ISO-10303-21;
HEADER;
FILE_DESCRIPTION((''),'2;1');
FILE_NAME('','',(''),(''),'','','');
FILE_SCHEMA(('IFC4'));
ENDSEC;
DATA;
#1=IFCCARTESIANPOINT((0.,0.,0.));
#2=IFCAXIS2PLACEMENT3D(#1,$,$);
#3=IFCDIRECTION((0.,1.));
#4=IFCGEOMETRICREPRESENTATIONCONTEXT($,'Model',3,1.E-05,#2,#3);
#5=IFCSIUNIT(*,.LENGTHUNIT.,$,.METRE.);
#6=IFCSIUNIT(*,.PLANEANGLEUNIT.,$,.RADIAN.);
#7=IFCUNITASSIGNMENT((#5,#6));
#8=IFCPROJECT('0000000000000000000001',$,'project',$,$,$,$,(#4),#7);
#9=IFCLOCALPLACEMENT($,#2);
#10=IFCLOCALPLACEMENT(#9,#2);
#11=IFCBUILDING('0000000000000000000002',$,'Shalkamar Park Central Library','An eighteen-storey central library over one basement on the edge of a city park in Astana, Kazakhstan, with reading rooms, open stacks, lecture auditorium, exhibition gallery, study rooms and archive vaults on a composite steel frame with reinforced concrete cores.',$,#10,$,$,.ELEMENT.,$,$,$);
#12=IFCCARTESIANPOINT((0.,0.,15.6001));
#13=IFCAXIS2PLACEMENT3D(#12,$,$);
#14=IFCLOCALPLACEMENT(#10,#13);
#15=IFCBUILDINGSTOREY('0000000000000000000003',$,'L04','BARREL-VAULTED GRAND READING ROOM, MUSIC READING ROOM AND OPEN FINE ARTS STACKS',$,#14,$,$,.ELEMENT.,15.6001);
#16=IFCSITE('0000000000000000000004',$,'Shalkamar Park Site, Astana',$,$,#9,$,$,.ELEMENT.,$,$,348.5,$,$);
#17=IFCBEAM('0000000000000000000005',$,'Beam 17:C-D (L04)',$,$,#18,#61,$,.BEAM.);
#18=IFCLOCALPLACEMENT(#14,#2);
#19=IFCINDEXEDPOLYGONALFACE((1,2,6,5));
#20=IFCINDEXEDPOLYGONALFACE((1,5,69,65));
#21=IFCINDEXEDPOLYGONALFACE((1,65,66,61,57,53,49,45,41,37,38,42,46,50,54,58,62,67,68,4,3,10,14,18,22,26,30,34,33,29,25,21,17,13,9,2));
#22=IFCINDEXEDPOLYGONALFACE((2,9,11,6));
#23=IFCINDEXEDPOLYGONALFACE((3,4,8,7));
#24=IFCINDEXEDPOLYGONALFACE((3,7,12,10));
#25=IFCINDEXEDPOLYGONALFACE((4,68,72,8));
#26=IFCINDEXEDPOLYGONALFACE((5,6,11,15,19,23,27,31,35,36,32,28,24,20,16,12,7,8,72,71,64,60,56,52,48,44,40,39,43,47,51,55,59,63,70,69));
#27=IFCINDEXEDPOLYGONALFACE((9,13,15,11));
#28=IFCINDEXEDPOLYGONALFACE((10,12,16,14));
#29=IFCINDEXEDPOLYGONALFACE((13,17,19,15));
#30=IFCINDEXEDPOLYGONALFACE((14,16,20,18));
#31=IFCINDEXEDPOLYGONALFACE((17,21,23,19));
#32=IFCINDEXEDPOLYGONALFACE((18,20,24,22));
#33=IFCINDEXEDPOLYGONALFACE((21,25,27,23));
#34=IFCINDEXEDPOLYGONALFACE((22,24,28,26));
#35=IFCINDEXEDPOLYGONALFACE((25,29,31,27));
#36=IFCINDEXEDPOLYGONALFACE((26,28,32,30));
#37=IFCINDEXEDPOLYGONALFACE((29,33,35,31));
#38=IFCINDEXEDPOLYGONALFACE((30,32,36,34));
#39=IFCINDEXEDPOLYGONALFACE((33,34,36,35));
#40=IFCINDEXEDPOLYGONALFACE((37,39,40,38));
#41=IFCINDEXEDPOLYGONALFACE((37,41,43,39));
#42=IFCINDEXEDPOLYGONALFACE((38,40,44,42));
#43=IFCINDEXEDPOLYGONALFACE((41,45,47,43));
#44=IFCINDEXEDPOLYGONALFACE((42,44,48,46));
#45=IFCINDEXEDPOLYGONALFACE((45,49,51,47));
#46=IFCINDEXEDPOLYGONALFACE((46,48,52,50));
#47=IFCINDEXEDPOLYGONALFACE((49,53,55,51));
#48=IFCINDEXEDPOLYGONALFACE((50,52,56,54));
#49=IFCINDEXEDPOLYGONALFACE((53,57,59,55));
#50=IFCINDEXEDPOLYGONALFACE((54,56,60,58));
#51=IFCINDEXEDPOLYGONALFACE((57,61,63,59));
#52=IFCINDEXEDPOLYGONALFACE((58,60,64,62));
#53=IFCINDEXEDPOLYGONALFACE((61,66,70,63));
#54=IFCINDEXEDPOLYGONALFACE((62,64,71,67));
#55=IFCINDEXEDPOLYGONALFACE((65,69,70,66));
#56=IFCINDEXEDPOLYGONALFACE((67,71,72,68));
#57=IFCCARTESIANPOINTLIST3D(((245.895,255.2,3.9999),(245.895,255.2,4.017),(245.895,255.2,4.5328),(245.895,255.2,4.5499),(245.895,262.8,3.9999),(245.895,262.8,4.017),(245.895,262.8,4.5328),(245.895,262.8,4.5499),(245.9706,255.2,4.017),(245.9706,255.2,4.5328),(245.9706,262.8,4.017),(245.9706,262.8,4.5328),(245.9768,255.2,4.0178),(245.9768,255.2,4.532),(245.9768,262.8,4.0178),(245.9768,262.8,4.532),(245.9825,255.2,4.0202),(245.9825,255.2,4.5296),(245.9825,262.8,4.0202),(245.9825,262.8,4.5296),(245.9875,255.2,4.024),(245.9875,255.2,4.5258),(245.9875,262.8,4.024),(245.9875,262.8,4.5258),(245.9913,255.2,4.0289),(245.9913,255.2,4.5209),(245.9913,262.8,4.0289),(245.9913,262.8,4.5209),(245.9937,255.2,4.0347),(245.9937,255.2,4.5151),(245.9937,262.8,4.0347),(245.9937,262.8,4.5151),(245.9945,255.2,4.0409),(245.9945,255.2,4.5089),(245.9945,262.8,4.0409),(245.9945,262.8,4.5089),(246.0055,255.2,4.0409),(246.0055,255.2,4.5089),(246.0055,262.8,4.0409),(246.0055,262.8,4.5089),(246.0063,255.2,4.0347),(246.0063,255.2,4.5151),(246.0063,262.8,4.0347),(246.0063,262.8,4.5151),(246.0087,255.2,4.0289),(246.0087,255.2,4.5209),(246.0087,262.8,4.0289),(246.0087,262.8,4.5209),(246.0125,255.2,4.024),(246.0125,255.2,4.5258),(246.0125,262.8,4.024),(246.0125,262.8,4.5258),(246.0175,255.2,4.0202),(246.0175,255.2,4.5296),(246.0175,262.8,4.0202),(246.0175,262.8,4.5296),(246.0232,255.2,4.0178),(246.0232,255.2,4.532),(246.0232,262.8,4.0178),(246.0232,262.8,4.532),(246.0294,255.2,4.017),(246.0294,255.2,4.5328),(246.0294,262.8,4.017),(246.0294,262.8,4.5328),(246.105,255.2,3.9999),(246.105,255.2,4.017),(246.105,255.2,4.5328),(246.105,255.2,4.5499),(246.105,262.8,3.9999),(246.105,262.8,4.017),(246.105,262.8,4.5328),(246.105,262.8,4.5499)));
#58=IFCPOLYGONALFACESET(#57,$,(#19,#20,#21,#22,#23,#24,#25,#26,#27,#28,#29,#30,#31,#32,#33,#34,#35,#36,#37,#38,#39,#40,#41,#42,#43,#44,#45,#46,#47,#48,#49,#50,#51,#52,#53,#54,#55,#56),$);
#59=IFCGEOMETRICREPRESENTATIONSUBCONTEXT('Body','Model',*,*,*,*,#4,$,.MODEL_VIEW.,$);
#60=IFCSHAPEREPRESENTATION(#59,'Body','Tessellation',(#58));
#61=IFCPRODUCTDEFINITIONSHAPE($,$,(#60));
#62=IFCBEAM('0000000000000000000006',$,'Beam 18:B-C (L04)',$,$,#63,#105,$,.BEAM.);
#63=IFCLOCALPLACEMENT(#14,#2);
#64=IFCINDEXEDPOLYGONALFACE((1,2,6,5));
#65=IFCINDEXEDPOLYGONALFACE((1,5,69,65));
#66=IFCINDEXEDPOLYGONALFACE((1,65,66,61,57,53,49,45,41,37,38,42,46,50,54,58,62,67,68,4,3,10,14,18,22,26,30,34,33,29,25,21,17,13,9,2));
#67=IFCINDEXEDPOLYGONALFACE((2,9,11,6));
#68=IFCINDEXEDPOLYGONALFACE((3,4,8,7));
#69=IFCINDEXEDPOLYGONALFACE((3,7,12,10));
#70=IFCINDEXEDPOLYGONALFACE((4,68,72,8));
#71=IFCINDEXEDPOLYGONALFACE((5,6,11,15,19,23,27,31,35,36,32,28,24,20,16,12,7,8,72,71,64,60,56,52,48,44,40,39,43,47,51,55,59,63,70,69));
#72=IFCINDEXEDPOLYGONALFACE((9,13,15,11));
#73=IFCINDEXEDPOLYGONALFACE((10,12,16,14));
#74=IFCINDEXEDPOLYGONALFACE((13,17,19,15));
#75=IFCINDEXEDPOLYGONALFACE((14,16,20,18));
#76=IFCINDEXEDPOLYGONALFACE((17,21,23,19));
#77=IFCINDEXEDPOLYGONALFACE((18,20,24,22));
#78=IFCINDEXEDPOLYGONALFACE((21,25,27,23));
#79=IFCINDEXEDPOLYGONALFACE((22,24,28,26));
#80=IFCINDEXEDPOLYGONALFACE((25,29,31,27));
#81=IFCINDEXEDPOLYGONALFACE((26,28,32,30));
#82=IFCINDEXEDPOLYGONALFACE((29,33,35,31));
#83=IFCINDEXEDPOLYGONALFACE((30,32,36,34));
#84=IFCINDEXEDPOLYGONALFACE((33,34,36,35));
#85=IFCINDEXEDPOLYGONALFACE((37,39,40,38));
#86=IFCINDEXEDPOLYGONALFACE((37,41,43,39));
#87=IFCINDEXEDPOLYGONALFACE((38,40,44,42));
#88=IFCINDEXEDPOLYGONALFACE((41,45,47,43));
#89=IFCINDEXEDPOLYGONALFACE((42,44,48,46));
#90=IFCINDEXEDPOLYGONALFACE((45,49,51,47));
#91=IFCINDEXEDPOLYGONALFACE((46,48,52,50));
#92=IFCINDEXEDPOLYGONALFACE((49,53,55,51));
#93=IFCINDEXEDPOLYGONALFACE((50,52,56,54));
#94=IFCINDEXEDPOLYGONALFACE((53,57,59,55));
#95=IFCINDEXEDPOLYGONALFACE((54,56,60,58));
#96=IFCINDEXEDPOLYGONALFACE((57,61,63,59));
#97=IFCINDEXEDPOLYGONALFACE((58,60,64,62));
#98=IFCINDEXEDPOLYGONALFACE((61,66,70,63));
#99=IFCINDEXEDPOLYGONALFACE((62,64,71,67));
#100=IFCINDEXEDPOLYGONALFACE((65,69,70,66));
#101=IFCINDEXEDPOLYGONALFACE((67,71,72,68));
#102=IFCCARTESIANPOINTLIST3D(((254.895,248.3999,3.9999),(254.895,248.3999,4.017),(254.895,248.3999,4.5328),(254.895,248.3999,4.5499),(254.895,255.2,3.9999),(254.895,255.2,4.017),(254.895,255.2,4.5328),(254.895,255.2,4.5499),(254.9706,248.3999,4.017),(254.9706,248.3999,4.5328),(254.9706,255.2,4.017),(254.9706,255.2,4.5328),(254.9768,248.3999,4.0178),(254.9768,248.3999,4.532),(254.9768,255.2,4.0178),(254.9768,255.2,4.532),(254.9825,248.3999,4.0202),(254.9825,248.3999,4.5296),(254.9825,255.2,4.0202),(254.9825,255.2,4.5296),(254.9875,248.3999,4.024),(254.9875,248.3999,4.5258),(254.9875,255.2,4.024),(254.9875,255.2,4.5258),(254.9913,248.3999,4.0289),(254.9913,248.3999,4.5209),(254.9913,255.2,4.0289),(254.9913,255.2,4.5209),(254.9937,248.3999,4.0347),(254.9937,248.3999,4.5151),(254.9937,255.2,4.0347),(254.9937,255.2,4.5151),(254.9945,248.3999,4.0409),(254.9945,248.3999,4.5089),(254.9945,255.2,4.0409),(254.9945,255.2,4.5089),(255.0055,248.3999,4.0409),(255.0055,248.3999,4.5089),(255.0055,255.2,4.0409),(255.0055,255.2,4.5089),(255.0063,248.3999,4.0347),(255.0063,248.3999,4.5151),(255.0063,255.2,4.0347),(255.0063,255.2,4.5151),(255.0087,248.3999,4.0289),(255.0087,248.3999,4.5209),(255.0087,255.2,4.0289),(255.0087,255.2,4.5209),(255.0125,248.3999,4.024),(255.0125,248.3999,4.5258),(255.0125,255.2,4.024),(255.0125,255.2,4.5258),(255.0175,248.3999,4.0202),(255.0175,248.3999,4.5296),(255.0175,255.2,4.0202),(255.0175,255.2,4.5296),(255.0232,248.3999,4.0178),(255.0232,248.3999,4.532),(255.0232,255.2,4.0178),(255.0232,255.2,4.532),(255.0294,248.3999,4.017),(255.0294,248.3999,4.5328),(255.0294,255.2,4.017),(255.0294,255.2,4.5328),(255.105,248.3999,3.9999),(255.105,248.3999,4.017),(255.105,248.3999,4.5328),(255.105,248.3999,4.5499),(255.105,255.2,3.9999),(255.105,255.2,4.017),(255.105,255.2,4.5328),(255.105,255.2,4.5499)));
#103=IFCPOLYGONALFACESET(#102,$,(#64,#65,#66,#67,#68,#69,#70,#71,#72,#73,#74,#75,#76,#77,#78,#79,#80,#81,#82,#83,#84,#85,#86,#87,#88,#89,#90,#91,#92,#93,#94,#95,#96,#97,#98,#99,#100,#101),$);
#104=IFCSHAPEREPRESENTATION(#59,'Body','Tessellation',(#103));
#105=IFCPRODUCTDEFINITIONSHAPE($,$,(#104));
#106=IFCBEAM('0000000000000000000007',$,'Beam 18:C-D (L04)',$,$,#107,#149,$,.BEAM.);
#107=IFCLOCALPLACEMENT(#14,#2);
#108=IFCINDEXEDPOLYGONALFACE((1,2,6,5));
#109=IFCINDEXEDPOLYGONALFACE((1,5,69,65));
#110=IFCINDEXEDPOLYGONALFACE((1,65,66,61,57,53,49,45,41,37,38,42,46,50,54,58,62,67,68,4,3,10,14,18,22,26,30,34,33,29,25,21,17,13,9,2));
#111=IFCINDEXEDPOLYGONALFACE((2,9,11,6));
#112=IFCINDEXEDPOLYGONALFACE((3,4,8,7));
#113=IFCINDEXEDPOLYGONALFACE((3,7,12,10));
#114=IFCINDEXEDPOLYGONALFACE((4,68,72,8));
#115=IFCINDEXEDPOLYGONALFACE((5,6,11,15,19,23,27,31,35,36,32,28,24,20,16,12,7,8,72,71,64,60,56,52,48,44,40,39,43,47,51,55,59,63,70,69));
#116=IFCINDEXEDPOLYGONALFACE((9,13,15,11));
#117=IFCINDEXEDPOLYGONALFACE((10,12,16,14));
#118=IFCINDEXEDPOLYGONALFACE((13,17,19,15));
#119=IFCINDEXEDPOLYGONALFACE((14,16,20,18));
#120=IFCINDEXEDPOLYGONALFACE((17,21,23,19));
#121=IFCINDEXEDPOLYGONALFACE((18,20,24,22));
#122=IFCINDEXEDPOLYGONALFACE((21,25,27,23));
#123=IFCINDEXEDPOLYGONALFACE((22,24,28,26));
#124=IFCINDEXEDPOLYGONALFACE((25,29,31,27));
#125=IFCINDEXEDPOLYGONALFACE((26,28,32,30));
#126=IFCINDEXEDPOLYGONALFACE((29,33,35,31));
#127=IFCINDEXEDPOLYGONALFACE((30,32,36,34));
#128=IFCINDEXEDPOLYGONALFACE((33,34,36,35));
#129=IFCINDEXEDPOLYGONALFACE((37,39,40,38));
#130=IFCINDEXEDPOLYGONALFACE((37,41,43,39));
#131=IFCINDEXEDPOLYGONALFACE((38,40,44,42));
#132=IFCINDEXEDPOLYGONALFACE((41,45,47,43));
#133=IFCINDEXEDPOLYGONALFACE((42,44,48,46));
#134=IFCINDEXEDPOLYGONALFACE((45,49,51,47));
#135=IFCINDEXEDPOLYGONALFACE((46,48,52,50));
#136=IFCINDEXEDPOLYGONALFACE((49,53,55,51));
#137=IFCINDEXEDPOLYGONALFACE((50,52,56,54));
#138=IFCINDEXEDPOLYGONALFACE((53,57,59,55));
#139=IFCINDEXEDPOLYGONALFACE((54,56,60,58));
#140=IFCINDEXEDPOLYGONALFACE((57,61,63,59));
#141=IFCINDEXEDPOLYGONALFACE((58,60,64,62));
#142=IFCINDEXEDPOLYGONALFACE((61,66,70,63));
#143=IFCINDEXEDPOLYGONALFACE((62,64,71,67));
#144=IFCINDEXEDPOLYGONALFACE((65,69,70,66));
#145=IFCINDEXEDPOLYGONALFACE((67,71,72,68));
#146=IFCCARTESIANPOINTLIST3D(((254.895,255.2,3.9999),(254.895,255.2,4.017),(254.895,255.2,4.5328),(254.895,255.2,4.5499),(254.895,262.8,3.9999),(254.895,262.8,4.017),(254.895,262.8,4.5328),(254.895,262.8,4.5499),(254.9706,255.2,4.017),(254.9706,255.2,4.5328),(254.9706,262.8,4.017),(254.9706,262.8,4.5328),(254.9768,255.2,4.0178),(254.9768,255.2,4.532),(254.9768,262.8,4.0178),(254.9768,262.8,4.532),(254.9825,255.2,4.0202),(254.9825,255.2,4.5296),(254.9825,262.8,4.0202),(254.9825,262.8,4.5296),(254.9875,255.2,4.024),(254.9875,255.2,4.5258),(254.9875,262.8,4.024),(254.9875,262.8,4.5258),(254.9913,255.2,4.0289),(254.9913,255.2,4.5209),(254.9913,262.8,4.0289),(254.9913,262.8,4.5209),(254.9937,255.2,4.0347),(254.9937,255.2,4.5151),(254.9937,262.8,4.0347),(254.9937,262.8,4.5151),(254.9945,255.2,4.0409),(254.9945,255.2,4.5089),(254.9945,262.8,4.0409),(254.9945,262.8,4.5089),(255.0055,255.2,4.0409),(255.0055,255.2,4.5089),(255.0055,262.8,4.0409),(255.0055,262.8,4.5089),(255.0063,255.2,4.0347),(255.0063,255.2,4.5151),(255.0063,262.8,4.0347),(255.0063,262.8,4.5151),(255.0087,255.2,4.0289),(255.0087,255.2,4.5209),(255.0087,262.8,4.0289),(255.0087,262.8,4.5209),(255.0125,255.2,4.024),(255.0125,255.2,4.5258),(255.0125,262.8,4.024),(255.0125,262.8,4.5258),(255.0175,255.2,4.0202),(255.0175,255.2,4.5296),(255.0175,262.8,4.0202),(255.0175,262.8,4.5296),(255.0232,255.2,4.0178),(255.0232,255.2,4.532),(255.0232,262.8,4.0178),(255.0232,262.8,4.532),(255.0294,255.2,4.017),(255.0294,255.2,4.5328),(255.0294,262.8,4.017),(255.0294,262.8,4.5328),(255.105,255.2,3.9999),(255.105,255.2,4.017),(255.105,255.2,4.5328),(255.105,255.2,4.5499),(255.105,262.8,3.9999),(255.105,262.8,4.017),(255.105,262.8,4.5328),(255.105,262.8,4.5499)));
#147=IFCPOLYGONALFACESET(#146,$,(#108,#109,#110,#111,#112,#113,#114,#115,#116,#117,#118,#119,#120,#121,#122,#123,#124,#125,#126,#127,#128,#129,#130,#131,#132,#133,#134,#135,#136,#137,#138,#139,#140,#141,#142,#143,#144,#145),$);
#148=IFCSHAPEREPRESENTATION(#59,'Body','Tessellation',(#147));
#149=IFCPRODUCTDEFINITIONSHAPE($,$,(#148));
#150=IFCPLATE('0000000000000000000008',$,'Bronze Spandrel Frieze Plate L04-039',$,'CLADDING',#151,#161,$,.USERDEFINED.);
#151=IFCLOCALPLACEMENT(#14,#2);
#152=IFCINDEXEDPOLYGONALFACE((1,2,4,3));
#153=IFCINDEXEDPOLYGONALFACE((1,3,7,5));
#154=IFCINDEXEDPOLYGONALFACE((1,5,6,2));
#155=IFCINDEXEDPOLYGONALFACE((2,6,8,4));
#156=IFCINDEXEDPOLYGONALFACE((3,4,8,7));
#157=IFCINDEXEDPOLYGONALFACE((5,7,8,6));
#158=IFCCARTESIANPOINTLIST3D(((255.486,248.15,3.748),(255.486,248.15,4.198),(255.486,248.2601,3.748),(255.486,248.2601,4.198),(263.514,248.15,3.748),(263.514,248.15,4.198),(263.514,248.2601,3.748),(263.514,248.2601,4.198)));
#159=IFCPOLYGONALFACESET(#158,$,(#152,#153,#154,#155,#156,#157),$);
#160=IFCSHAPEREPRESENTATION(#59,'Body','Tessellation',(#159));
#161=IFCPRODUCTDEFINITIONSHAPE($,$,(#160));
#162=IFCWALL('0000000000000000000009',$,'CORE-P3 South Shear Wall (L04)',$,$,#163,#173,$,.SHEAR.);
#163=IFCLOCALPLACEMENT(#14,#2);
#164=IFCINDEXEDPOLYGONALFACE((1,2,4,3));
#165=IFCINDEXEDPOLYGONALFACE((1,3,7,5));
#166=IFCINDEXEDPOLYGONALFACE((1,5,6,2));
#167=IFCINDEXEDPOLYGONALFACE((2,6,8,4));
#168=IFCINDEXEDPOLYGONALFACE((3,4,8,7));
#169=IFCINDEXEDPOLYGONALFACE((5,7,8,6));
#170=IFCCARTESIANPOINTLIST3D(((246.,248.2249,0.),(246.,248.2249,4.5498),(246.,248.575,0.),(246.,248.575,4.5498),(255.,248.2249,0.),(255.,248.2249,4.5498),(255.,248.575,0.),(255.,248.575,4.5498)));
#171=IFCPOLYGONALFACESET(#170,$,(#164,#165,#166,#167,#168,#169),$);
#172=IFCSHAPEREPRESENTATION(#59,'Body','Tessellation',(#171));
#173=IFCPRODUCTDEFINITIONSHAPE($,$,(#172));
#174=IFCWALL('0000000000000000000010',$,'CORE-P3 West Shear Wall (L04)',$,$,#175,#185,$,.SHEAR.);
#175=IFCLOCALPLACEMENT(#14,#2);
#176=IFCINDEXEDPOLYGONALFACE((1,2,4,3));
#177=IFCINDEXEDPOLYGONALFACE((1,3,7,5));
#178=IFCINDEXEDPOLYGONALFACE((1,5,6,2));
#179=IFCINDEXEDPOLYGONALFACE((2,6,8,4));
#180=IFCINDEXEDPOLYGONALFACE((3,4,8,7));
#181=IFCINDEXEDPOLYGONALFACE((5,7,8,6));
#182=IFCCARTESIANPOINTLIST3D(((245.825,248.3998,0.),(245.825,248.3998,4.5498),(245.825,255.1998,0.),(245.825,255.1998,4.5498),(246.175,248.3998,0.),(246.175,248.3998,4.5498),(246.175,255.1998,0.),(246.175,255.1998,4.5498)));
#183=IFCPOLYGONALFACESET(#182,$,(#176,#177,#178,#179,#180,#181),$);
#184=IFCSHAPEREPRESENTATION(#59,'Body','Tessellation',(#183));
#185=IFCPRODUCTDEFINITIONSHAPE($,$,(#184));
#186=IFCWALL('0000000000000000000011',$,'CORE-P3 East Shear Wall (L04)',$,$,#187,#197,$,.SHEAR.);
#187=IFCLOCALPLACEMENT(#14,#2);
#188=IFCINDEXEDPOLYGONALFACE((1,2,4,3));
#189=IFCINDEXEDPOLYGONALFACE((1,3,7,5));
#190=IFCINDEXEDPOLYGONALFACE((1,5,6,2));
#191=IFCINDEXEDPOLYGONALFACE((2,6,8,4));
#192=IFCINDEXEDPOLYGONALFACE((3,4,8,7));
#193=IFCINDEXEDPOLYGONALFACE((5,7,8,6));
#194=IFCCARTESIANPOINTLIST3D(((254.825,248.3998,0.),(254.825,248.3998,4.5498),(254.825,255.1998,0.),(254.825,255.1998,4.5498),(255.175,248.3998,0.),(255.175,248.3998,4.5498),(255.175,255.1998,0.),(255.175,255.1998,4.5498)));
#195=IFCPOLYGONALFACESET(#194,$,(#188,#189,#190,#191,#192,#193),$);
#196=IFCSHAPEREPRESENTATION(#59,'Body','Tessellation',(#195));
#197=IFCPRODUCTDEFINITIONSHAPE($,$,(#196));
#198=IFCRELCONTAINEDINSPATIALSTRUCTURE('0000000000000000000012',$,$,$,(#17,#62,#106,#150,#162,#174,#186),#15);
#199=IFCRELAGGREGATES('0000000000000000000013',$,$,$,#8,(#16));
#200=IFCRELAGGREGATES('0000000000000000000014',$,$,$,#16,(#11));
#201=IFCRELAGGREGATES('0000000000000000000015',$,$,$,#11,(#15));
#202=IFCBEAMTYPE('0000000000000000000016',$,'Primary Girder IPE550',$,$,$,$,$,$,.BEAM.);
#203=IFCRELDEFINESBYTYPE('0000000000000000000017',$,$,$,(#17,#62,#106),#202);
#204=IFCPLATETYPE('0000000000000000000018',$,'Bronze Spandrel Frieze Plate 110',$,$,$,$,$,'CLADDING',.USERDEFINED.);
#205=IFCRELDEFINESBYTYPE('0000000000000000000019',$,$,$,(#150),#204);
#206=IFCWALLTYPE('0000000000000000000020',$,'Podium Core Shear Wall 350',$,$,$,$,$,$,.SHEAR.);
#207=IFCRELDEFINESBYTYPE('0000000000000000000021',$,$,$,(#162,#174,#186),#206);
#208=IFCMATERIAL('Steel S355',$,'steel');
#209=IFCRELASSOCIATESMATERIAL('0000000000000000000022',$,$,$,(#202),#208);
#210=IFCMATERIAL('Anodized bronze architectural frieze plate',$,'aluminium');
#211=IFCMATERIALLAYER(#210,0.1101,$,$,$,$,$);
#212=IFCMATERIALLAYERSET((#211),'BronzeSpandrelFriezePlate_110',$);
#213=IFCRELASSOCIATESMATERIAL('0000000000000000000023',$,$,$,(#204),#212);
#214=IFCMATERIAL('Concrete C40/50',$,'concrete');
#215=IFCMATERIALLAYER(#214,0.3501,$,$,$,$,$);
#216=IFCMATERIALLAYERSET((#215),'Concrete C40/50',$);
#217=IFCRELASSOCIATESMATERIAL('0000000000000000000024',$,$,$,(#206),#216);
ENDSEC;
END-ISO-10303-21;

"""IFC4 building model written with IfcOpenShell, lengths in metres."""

from ifc_helpers import new_model, si_unit, direction, frame, frame_2d, origin, origin_2d, place, context, subcontext, project, spatial, rectangle, i_section, extrude, material, layer, layer_set, material_profile, profile_set, type_object, element, save


model = new_model("IFC4")

# Units and contexts
model_context = context("Model", 3, precision=1e-05, world=origin(), true_north=direction((0.0, 1.0)))
body_context = subcontext(model_context, "Body", "Model", "MODEL_VIEW")
ifc_project = project(units=[si_unit("LENGTHUNIT", "METRE"), si_unit("PLANEANGLEUNIT", "RADIAN")], contexts=[model_context])

# Site, building, storey
site_placement = place(None, origin())
site = spatial("IfcSite", under=ifc_project, at=site_placement, Name="Shalkamar Park Site, Astana", CompositionType="ELEMENT", RefElevation=348.5)
building_placement = place(site_placement, origin())
building = spatial("IfcBuilding", under=site, at=building_placement, Name="Shalkamar Park Central Library", Description="An eighteen-storey central library over one basement on the edge of a city park in Astana, Kazakhstan, with reading rooms, open stacks, lecture auditorium, exhibition gallery, study rooms and archive vaults on a composite steel frame with reinforced concrete cores.", CompositionType="ELEMENT")
storey_placement = place(building_placement, frame((0.0, 0.0, 15.6001)))
storey = spatial("IfcBuildingStorey", under=building, at=storey_placement, Name="L04", Description="BARREL-VAULTED GRAND READING ROOM, MUSIC READING ROOM AND OPEN FINE ARTS STACKS", CompositionType="ELEMENT", Elevation=15.6001)

# Shared definitions
ifc_material_1 = material(Name="Concrete C40/50", Category="concrete")
ifc_material_2 = material(Name="Steel S355", Category="steel")

# Beams
ifc_material_profile_1 = material_profile(ifc_material_2, i_section(OverallWidth=0.21, OverallDepth=0.55, WebThickness=0.011, FlangeThickness=0.0171, FilletRadius=0.0239, at=origin_2d()), Name="IPE 550")
ifc_profile_set_1 = profile_set([ifc_material_profile_1], Name="Steel S355")
beam_type_1 = type_object("IfcBeamType", Name="Primary Girder IPE550", PredefinedType="BEAM", material=ifc_profile_set_1)
beam_1_placement = place(storey_placement, frame((246.0, 255.2, 4.2749), z_axis=(0.0, 1.0, 0.0), x_axis=(-1.0, 0.0, 0.0)))
element("IfcBeam", 1, at=beam_1_placement, inside=storey, type_object=beam_type_1, Name="Beam 17:C-D (L04)", PredefinedType="BEAM", context=body_context, shape_type="SweptSolid", body=[
    extrude(i_section(OverallWidth=0.21, OverallDepth=0.55, WebThickness=0.011, FlangeThickness=0.0171, FilletRadius=0.0239, at=origin_2d()), origin(), (0.0, 0.0, 1.0), 7.6001),
])
beam_2_placement = place(storey_placement, frame((255.0, 248.3999, 4.2749), z_axis=(0.0, 1.0, 0.0), x_axis=(-1.0, 0.0, 0.0)))
element("IfcBeam", 2, at=beam_2_placement, inside=storey, type_object=beam_type_1, Name="Beam 18:B-C (L04)", PredefinedType="BEAM", context=body_context, shape_type="SweptSolid", body=[
    extrude(i_section(OverallWidth=0.21, OverallDepth=0.55, WebThickness=0.011, FlangeThickness=0.0171, FilletRadius=0.0239, at=origin_2d()), origin(), (0.0, 0.0, 1.0), 6.8),
])
beam_3_placement = place(storey_placement, frame((255.0, 255.2, 4.2749), z_axis=(0.0, 1.0, 0.0), x_axis=(-1.0, 0.0, 0.0)))
element("IfcBeam", 3, at=beam_3_placement, inside=storey, type_object=beam_type_1, Name="Beam 18:C-D (L04)", PredefinedType="BEAM", context=body_context, shape_type="SweptSolid", body=[
    extrude(i_section(OverallWidth=0.21, OverallDepth=0.55, WebThickness=0.011, FlangeThickness=0.0171, FilletRadius=0.0239, at=origin_2d()), origin(), (0.0, 0.0, 1.0), 7.6001),
])

# Plate
ifc_material_3 = material(Name="Anodized bronze architectural frieze plate", Category="aluminium")
ifc_layer_1 = layer(ifc_material_3, 0.1101)
ifc_layer_set_1 = layer_set([ifc_layer_1], Name="BronzeSpandrelFriezePlate_110")
plate_type = type_object("IfcPlateType", Name="Bronze Spandrel Frieze Plate 110", ElementType="CLADDING", PredefinedType="USERDEFINED", material=ifc_layer_set_1)
plate_placement = place(storey_placement, frame((259.5, 248.2051, 3.748), z_axis=(0.0, 0.0, 1.0), x_axis=(1.0, 0.0, 0.0)))
element("IfcPlate", 4, at=plate_placement, inside=storey, type_object=plate_type, Name="Bronze Spandrel Frieze Plate L04-039", ObjectType="CLADDING", PredefinedType="USERDEFINED", context=body_context, shape_type="SweptSolid", body=[
    extrude(rectangle(XDim=8.0281, YDim=0.1101, at=origin_2d()), origin(), (0.0, 0.0, 1.0), 0.45),
])

# Walls
ifc_layer_2 = layer(ifc_material_1, 0.3501)
ifc_layer_set_2 = layer_set([ifc_layer_2], Name="Concrete C40/50")
wall_type_1 = type_object("IfcWallType", Name="Podium Core Shear Wall 350", PredefinedType="SHEAR", material=ifc_layer_set_2)
wall_1_placement = place(storey_placement, frame((246.0, 248.3999, 0.0), z_axis=(0.0, 0.0, 1.0), x_axis=(1.0, 0.0, 0.0)))
element("IfcWall", 5, at=wall_1_placement, inside=storey, type_object=wall_type_1, Name="CORE-P3 South Shear Wall (L04)", PredefinedType="SHEAR", context=body_context, shape_type="SweptSolid", body=[
    extrude(rectangle(XDim=9.0, YDim=0.3501, at=frame_2d((4.5, 0.0))), origin(), (0.0, 0.0, 1.0), 4.5498),
])
for number, where, z_axis, x_axis, name in (
    (6, (246.0, 248.3999, 0.0), (0.0, 0.0, 1.0), (0.0, 1.0, 0.0), "CORE-P3 West Shear Wall (L04)"),
    (7, (255.0, 248.3999, 0.0), (0.0, 0.0, 1.0), (0.0, 1.0, 0.0), "CORE-P3 East Shear Wall (L04)"),
):
    element("IfcWall", number, at=place(storey_placement, frame(where, z_axis=z_axis, x_axis=x_axis)), inside=storey, type_object=wall_type_1, Name=name, PredefinedType="SHEAR", context=body_context, shape_type="SweptSolid", body=[
        extrude(rectangle(XDim=6.8, YDim=0.3501, at=frame_2d((3.3999, 0.0))), origin(), (0.0, 0.0, 1.0), 4.5498),
    ])

save(model, "model.ifc")
